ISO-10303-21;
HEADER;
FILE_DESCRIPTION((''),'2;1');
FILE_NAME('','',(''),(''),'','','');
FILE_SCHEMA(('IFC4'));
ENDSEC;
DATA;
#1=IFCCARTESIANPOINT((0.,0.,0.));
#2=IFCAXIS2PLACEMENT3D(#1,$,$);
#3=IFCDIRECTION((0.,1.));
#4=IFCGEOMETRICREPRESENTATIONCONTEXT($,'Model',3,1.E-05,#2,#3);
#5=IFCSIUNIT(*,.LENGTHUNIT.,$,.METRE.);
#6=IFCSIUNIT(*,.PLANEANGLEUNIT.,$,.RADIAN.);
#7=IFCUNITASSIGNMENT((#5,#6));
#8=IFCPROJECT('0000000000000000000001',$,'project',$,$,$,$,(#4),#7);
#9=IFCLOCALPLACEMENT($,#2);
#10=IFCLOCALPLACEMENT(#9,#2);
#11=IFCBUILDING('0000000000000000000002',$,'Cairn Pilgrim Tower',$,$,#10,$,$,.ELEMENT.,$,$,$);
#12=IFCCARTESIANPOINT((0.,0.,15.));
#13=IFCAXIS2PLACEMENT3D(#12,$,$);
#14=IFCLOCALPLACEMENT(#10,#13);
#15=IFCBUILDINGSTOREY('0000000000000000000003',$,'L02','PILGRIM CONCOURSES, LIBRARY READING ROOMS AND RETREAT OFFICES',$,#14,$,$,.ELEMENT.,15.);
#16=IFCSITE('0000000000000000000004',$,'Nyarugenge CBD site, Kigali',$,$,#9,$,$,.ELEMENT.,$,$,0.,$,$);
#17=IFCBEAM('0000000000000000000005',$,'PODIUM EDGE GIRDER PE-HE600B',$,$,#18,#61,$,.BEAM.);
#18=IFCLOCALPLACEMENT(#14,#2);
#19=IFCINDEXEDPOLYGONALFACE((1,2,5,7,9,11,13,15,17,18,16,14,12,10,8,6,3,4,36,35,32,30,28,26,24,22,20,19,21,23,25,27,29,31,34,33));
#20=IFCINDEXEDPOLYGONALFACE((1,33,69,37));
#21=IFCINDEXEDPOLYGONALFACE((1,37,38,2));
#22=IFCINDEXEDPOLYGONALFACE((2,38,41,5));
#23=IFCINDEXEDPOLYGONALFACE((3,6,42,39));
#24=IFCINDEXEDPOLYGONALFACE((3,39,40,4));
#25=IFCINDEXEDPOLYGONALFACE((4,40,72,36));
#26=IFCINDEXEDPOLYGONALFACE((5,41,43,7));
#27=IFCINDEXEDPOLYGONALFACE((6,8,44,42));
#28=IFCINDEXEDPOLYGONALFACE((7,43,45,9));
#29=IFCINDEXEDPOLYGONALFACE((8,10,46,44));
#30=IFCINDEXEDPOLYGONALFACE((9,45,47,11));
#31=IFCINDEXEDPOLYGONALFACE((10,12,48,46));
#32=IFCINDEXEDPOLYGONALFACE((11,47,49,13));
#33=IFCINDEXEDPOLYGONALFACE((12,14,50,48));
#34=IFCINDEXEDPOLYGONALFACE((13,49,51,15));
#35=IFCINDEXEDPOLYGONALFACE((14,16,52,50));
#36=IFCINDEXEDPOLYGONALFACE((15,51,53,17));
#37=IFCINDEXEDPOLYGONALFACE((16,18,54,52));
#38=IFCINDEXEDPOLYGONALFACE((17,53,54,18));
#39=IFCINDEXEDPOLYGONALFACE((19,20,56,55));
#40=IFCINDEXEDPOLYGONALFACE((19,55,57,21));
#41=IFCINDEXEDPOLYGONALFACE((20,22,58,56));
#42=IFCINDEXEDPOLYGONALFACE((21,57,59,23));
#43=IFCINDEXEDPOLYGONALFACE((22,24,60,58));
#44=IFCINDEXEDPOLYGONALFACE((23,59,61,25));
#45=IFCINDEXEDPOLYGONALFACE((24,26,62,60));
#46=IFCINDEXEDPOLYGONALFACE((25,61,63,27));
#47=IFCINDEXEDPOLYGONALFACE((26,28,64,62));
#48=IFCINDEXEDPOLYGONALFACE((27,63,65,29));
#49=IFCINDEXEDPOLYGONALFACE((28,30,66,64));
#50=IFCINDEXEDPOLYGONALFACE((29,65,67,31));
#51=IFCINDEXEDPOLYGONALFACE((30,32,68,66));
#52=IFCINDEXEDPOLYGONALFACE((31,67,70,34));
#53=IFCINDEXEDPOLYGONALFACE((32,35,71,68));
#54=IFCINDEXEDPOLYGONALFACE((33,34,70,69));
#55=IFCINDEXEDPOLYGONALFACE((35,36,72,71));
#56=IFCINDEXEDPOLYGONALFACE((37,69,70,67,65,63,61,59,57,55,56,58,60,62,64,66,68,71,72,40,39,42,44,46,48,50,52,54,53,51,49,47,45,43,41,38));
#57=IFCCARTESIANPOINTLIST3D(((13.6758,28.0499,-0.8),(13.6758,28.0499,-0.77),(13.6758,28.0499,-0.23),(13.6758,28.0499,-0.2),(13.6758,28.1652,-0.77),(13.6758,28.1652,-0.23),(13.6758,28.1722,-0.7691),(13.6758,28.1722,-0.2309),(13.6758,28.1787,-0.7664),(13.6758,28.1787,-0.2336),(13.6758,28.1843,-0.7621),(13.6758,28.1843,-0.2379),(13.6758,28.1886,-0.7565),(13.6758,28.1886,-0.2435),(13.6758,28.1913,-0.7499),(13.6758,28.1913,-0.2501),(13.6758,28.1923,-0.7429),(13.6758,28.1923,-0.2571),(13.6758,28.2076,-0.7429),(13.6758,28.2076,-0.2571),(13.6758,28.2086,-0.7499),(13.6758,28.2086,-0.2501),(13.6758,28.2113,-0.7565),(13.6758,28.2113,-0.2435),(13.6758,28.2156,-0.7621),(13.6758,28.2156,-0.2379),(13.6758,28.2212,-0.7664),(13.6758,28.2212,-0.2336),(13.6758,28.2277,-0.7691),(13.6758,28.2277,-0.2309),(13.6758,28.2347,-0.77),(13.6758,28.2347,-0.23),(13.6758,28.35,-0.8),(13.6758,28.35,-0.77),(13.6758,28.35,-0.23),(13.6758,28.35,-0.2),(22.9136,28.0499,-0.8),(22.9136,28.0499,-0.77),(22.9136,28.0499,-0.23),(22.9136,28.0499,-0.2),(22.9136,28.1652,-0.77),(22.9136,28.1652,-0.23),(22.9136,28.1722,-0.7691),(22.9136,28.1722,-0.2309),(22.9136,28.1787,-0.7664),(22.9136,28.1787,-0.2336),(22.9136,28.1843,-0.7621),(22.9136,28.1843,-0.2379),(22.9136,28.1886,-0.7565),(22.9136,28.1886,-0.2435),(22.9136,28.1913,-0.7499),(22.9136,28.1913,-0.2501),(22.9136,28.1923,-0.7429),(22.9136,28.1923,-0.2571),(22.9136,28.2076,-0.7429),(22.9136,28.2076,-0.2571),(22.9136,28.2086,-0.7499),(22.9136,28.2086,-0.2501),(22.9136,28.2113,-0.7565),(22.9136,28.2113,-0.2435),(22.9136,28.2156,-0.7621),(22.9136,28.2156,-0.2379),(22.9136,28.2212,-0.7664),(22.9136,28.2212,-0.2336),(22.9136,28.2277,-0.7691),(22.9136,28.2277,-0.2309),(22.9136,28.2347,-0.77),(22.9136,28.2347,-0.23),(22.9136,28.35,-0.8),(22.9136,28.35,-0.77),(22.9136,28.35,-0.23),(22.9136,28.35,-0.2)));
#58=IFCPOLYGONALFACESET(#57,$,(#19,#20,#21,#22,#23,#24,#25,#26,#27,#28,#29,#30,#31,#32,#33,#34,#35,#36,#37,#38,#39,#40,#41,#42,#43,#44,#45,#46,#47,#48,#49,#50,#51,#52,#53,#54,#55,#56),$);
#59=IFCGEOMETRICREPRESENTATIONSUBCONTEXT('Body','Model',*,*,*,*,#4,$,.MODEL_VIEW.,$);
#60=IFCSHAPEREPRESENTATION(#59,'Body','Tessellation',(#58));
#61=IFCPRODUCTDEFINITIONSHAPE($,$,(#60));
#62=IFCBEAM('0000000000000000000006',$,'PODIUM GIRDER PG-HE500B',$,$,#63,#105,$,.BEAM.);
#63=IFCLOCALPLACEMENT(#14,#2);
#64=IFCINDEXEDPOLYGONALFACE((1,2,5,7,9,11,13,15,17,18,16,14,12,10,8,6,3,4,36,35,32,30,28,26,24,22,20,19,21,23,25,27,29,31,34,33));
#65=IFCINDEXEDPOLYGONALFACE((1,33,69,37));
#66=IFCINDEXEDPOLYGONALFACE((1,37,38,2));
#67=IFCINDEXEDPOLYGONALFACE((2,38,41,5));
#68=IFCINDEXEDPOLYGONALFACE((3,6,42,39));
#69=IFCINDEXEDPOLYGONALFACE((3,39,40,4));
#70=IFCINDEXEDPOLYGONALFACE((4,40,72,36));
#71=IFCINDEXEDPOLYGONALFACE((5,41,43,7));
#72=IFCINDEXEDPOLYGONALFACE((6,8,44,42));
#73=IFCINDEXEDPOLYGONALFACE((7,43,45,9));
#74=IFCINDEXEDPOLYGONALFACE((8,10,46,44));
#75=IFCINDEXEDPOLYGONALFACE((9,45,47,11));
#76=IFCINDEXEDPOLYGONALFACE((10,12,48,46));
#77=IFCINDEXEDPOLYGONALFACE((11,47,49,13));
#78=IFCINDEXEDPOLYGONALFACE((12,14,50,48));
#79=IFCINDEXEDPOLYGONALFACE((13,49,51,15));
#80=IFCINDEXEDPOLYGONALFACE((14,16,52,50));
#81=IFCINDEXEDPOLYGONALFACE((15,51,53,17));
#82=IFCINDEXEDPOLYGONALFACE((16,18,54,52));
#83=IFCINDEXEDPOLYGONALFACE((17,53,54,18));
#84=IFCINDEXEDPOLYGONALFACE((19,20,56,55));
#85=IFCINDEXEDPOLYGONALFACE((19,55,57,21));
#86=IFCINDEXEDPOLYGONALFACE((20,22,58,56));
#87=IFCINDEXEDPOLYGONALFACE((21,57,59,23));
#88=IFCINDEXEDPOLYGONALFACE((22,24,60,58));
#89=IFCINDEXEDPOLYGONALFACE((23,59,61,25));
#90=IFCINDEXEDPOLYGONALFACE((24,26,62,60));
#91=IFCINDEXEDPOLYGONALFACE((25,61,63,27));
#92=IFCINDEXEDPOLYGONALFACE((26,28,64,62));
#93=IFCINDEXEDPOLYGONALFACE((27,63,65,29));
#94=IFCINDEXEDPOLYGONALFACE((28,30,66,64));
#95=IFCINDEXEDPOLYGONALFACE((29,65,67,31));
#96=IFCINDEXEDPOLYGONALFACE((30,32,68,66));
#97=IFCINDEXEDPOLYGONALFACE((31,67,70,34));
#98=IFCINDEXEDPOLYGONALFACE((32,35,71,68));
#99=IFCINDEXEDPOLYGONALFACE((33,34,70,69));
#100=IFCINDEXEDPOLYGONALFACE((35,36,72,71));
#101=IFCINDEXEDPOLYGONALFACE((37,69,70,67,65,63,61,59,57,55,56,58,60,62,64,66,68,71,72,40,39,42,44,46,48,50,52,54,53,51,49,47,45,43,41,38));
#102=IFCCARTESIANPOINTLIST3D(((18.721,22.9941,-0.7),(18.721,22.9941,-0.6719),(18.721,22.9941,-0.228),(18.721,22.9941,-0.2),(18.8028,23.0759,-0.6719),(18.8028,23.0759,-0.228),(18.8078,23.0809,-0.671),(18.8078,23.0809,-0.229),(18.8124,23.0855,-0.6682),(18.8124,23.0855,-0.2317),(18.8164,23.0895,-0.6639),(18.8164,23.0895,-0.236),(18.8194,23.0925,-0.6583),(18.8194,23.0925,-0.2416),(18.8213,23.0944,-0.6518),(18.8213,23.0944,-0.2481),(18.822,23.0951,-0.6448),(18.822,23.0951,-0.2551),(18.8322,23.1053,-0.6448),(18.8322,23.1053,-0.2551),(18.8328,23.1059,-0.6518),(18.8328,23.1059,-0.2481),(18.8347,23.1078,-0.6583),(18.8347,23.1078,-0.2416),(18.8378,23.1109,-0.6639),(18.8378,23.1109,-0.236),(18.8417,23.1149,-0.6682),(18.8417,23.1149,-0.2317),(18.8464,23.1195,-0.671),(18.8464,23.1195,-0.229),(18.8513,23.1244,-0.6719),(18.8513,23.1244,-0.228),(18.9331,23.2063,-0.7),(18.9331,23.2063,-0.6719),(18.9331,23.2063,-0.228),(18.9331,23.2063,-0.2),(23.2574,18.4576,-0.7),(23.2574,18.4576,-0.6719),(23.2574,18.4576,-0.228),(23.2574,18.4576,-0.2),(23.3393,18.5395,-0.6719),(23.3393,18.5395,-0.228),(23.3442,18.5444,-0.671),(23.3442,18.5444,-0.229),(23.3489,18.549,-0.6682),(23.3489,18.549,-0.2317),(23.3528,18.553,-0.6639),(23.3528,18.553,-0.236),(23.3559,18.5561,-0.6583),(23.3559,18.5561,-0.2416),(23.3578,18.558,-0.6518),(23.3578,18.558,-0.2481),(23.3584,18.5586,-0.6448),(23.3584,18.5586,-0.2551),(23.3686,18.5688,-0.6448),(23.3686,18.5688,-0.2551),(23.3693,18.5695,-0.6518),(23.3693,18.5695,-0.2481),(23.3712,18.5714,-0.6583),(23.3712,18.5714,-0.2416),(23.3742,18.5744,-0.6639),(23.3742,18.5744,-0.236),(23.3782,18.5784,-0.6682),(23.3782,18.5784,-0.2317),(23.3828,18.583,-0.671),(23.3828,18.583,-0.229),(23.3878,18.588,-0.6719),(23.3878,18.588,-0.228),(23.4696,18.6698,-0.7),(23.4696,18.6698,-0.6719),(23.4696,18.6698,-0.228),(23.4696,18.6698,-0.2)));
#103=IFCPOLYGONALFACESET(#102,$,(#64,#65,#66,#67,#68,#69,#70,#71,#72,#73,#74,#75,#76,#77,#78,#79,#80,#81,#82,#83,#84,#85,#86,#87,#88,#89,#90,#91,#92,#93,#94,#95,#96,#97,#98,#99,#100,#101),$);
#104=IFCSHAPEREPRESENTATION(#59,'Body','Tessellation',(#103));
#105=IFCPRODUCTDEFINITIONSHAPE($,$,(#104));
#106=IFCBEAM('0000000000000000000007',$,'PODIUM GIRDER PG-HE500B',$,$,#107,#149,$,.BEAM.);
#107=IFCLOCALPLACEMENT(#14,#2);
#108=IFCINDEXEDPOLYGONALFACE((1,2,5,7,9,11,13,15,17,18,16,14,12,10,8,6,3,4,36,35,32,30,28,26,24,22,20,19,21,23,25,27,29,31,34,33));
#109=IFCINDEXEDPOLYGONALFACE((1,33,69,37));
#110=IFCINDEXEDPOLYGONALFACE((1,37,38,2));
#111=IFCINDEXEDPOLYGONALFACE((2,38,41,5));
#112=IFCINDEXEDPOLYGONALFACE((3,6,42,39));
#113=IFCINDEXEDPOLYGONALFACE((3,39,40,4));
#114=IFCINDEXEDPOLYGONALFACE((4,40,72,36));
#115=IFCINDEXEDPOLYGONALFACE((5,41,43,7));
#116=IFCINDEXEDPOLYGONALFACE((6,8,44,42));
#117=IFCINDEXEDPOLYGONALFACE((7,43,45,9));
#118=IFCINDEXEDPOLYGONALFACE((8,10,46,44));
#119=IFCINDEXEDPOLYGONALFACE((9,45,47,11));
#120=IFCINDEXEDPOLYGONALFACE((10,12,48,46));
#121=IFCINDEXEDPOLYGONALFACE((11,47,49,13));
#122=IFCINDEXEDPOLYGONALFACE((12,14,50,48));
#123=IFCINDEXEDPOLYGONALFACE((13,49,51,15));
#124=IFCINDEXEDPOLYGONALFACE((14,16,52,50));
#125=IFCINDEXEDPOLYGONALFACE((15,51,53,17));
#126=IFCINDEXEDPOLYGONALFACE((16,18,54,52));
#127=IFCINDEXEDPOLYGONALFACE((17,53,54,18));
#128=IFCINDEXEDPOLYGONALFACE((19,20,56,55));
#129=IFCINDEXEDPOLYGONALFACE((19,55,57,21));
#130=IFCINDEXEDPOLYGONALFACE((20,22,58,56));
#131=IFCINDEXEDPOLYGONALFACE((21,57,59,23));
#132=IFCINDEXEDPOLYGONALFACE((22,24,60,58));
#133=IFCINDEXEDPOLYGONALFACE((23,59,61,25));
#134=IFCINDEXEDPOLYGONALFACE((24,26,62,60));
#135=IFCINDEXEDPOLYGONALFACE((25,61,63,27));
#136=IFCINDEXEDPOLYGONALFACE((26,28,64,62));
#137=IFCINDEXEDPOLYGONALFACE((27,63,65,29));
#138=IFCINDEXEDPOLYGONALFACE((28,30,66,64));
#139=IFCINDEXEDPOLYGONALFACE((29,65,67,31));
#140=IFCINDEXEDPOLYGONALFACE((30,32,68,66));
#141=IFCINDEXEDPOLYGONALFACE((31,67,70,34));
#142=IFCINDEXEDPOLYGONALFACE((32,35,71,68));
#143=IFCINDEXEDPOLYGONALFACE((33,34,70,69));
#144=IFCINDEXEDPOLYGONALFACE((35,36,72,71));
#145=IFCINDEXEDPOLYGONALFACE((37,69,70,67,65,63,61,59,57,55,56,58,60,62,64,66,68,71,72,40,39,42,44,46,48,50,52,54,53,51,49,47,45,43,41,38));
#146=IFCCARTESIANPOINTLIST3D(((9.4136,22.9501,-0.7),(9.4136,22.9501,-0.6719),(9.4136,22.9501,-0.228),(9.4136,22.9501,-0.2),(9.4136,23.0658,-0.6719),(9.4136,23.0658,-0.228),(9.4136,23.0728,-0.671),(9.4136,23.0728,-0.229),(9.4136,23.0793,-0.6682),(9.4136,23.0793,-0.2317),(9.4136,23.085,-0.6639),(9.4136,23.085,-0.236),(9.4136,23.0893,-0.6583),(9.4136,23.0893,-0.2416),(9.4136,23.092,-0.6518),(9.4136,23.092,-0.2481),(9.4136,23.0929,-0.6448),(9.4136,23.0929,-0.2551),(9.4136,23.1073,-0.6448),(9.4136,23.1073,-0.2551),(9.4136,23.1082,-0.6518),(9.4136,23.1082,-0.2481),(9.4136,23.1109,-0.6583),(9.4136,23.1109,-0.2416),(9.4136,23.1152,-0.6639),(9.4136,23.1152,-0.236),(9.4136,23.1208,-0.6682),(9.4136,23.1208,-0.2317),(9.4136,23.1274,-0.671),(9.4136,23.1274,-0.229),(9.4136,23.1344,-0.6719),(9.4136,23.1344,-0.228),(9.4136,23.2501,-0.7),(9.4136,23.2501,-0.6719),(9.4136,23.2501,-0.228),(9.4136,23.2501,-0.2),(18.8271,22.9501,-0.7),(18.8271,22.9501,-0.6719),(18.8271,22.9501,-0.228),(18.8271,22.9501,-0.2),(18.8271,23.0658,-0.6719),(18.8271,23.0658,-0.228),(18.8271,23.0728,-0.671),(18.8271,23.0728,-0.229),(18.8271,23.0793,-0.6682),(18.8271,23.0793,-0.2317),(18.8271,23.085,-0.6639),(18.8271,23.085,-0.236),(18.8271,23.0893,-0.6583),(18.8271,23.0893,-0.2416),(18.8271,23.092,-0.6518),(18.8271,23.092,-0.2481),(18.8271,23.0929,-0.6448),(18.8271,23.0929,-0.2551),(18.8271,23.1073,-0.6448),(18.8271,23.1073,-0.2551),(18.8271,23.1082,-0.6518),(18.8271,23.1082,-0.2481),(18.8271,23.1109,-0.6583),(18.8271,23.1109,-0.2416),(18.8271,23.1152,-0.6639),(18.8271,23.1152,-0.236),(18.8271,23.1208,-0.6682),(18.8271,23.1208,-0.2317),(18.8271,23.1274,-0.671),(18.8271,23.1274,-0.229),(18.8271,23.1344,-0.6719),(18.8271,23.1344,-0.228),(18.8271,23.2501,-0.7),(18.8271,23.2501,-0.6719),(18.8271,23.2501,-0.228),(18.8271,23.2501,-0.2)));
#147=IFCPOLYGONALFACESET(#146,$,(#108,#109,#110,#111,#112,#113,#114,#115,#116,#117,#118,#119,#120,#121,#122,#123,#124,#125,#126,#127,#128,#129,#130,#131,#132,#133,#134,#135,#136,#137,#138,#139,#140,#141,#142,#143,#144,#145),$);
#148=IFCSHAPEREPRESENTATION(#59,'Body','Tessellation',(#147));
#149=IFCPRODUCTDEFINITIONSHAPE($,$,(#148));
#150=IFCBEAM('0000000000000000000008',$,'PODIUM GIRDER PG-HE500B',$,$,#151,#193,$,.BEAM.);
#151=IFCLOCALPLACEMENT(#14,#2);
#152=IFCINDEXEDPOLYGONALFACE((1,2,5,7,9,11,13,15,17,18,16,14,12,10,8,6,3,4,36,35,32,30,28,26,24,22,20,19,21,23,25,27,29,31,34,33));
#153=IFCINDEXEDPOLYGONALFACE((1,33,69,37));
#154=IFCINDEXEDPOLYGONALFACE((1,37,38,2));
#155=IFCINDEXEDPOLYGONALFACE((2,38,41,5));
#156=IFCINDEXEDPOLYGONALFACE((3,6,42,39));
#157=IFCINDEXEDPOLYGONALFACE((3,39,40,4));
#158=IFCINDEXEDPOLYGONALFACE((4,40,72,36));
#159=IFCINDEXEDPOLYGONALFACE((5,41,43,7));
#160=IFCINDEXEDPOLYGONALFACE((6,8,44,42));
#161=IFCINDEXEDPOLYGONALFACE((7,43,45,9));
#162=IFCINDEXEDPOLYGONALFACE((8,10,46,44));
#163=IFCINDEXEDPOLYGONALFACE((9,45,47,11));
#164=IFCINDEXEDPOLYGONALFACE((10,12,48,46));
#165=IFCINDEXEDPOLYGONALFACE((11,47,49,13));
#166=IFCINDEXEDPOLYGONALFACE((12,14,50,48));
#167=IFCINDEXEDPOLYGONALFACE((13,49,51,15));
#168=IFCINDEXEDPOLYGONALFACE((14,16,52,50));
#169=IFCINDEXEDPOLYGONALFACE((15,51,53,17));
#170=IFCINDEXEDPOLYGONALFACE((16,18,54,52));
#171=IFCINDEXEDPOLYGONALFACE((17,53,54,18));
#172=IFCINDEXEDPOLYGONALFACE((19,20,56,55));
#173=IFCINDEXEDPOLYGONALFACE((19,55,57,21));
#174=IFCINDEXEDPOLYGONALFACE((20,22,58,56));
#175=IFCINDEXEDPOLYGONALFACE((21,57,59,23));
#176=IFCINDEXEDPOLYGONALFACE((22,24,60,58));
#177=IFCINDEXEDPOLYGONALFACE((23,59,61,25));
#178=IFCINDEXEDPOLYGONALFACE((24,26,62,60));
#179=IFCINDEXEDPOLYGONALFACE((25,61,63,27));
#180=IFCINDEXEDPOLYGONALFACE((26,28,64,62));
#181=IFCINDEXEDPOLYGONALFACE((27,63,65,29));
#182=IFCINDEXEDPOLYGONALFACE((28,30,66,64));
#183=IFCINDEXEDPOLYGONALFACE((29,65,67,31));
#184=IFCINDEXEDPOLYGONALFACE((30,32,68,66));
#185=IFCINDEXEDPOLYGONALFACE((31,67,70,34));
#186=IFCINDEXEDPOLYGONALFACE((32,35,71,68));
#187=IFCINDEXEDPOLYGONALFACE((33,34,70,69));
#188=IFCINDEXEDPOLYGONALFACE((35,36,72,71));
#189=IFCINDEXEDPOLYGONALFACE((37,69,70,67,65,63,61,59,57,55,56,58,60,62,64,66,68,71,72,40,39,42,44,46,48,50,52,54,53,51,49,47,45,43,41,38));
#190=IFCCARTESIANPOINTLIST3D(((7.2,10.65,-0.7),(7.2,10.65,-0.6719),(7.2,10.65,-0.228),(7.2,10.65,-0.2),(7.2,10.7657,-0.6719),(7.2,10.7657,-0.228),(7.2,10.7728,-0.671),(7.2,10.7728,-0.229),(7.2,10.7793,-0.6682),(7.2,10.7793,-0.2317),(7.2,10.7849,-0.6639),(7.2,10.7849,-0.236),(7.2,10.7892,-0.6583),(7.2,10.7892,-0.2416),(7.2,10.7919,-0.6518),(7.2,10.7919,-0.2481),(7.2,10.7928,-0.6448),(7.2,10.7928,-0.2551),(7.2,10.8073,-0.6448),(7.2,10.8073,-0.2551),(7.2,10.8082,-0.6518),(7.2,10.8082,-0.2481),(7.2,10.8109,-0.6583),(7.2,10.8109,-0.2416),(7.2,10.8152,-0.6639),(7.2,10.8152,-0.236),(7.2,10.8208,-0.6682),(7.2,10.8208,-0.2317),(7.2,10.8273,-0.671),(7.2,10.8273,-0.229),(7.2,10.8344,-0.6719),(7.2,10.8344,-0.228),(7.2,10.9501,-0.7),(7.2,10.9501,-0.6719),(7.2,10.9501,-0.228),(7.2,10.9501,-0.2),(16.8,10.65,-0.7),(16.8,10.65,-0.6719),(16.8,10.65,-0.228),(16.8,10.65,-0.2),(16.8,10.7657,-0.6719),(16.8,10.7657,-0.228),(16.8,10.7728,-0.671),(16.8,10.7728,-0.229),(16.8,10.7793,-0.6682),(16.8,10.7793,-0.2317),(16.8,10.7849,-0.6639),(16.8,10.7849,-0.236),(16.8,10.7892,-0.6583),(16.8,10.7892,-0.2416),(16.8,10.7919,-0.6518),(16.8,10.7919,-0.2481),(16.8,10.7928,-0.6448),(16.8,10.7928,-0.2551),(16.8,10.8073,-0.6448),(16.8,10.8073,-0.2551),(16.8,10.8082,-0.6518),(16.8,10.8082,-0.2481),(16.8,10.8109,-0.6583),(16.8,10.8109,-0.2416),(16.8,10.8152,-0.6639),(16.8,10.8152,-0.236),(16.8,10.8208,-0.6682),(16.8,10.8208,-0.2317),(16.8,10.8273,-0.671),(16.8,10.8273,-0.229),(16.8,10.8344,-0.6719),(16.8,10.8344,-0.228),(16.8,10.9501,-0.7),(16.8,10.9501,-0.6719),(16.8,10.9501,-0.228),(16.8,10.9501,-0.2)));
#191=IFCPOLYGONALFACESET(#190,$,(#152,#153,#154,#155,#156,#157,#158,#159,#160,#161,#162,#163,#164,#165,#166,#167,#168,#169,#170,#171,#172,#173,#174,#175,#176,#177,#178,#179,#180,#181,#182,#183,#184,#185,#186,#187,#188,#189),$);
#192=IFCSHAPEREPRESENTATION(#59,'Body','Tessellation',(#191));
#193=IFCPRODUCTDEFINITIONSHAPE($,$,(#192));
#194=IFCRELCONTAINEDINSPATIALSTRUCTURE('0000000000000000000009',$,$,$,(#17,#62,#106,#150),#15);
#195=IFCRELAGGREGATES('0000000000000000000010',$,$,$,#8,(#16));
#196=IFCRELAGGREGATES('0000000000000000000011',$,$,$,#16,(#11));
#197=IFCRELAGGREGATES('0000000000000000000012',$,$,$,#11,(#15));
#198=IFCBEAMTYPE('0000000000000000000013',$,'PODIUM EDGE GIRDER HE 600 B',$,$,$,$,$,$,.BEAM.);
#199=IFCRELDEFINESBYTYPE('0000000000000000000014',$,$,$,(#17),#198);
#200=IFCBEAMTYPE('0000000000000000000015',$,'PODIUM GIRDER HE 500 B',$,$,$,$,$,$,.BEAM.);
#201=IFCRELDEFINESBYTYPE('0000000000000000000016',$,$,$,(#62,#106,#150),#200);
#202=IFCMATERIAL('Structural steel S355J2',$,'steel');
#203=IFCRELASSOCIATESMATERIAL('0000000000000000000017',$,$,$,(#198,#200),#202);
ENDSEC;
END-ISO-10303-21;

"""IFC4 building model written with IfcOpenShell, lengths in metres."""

from ifc_helpers import new_model, si_unit, direction, frame, origin, origin_2d, place, context, subcontext, project, spatial, i_section, extrude, material, material_profile, profile_set, type_object, element, save


model = new_model("IFC4")

# Units and contexts
model_context = context("Model", 3, precision=1e-05, world=origin(), true_north=direction((0.0, 1.0)))
body_context = subcontext(model_context, "Body", "Model", "MODEL_VIEW")
ifc_project = project(units=[si_unit("LENGTHUNIT", "METRE"), si_unit("PLANEANGLEUNIT", "RADIAN")], contexts=[model_context])

# Site, building, storey
site_placement = place(None, origin())
site = spatial("IfcSite", under=ifc_project, at=site_placement, Name="Nyarugenge CBD site, Kigali", CompositionType="ELEMENT", RefElevation=0.0)
building_placement = place(site_placement, origin())
building = spatial("IfcBuilding", under=site, at=building_placement, Name="Cairn Pilgrim Tower", CompositionType="ELEMENT")
storey_placement = place(building_placement, frame((0.0, 0.0, 15.0)))
storey = spatial("IfcBuildingStorey", under=building, at=storey_placement, Name="L02", Description="PILGRIM CONCOURSES, LIBRARY READING ROOMS AND RETREAT OFFICES", CompositionType="ELEMENT", Elevation=15.0)

# Beams
ifc_material_1 = material(Name="Structural steel S355J2", Category="steel")
ifc_material_profile_1 = material_profile(ifc_material_1, i_section(OverallWidth=0.3, OverallDepth=0.6001, WebThickness=0.0154, FlangeThickness=0.03, FilletRadius=0.0271, at=origin_2d()), Name="HEB 600")
ifc_profile_set_1 = profile_set([ifc_material_profile_1], Name="Structural steel S355J2")
beam_type_1 = type_object("IfcBeamType", Name="PODIUM EDGE GIRDER HE 600 B", PredefinedType="BEAM", material=ifc_profile_set_1)
beam_1_placement = place(storey_placement, frame((22.9136, 28.2, -0.5), z_axis=(-1.0, 0.0, 0.0), x_axis=(0.0, -1.0, 0.0)))
element("IfcBeam", 1, at=beam_1_placement, inside=storey, type_object=beam_type_1, Name="PODIUM EDGE GIRDER PE-HE600B", PredefinedType="BEAM", context=body_context, shape_type="SweptSolid", body=[
    extrude(i_section(OverallWidth=0.3, OverallDepth=0.6001, WebThickness=0.0154, FlangeThickness=0.03, FilletRadius=0.0271, at=origin_2d()), origin(), (0.0, 0.0, 1.0), 9.2378),
])
ifc_material_profile_2 = material_profile(ifc_material_1, i_section(OverallWidth=0.3, OverallDepth=0.5, WebThickness=0.0144, FlangeThickness=0.0281, FilletRadius=0.0271, at=origin_2d()), Name="HEB 500")
ifc_profile_set_2 = profile_set([ifc_material_profile_2], Name="Structural steel S355J2")
beam_type_2 = type_object("IfcBeamType", Name="PODIUM GIRDER HE 500 B", PredefinedType="BEAM", material=ifc_profile_set_2)
beam_2_placement = place(storey_placement, frame((23.3635, 18.5637, -0.45), z_axis=(-0.707107, 0.707107, 0.0), x_axis=(-0.707107, -0.707107, 0.0)))
element("IfcBeam", 2, at=beam_2_placement, inside=storey, type_object=beam_type_2, Name="PODIUM GIRDER PG-HE500B", PredefinedType="BEAM", context=body_context, shape_type="SweptSolid", body=[
    extrude(i_section(OverallWidth=0.3, OverallDepth=0.5, WebThickness=0.0144, FlangeThickness=0.0281, FilletRadius=0.0271, at=origin_2d()), origin(), (0.0, 0.0, 1.0), 6.4155),
])
beam_3_placement = place(storey_placement, frame((18.8271, 23.1001, -0.45), z_axis=(-1.0, 0.0, 0.0), x_axis=(0.0, -1.0, 0.0)))
element("IfcBeam", 3, at=beam_3_placement, inside=storey, type_object=beam_type_2, Name="PODIUM GIRDER PG-HE500B", PredefinedType="BEAM", context=body_context, shape_type="SweptSolid", body=[
    extrude(i_section(OverallWidth=0.3, OverallDepth=0.5, WebThickness=0.0144, FlangeThickness=0.0281, FilletRadius=0.0271, at=origin_2d()), origin(), (0.0, 0.0, 1.0), 9.4136),
])
beam_4_placement = place(storey_placement, frame((16.8, 10.8, -0.45), z_axis=(-1.0, 0.0, 0.0), x_axis=(0.0, -1.0, 0.0)))
element("IfcBeam", 4, at=beam_4_placement, inside=storey, type_object=beam_type_2, Name="PODIUM GIRDER PG-HE500B", PredefinedType="BEAM", context=body_context, shape_type="SweptSolid", body=[
    extrude(i_section(OverallWidth=0.3, OverallDepth=0.5, WebThickness=0.0144, FlangeThickness=0.0281, FilletRadius=0.0271, at=origin_2d()), origin(), (0.0, 0.0, 1.0), 9.6001),
])

save(model, "model.ifc")
